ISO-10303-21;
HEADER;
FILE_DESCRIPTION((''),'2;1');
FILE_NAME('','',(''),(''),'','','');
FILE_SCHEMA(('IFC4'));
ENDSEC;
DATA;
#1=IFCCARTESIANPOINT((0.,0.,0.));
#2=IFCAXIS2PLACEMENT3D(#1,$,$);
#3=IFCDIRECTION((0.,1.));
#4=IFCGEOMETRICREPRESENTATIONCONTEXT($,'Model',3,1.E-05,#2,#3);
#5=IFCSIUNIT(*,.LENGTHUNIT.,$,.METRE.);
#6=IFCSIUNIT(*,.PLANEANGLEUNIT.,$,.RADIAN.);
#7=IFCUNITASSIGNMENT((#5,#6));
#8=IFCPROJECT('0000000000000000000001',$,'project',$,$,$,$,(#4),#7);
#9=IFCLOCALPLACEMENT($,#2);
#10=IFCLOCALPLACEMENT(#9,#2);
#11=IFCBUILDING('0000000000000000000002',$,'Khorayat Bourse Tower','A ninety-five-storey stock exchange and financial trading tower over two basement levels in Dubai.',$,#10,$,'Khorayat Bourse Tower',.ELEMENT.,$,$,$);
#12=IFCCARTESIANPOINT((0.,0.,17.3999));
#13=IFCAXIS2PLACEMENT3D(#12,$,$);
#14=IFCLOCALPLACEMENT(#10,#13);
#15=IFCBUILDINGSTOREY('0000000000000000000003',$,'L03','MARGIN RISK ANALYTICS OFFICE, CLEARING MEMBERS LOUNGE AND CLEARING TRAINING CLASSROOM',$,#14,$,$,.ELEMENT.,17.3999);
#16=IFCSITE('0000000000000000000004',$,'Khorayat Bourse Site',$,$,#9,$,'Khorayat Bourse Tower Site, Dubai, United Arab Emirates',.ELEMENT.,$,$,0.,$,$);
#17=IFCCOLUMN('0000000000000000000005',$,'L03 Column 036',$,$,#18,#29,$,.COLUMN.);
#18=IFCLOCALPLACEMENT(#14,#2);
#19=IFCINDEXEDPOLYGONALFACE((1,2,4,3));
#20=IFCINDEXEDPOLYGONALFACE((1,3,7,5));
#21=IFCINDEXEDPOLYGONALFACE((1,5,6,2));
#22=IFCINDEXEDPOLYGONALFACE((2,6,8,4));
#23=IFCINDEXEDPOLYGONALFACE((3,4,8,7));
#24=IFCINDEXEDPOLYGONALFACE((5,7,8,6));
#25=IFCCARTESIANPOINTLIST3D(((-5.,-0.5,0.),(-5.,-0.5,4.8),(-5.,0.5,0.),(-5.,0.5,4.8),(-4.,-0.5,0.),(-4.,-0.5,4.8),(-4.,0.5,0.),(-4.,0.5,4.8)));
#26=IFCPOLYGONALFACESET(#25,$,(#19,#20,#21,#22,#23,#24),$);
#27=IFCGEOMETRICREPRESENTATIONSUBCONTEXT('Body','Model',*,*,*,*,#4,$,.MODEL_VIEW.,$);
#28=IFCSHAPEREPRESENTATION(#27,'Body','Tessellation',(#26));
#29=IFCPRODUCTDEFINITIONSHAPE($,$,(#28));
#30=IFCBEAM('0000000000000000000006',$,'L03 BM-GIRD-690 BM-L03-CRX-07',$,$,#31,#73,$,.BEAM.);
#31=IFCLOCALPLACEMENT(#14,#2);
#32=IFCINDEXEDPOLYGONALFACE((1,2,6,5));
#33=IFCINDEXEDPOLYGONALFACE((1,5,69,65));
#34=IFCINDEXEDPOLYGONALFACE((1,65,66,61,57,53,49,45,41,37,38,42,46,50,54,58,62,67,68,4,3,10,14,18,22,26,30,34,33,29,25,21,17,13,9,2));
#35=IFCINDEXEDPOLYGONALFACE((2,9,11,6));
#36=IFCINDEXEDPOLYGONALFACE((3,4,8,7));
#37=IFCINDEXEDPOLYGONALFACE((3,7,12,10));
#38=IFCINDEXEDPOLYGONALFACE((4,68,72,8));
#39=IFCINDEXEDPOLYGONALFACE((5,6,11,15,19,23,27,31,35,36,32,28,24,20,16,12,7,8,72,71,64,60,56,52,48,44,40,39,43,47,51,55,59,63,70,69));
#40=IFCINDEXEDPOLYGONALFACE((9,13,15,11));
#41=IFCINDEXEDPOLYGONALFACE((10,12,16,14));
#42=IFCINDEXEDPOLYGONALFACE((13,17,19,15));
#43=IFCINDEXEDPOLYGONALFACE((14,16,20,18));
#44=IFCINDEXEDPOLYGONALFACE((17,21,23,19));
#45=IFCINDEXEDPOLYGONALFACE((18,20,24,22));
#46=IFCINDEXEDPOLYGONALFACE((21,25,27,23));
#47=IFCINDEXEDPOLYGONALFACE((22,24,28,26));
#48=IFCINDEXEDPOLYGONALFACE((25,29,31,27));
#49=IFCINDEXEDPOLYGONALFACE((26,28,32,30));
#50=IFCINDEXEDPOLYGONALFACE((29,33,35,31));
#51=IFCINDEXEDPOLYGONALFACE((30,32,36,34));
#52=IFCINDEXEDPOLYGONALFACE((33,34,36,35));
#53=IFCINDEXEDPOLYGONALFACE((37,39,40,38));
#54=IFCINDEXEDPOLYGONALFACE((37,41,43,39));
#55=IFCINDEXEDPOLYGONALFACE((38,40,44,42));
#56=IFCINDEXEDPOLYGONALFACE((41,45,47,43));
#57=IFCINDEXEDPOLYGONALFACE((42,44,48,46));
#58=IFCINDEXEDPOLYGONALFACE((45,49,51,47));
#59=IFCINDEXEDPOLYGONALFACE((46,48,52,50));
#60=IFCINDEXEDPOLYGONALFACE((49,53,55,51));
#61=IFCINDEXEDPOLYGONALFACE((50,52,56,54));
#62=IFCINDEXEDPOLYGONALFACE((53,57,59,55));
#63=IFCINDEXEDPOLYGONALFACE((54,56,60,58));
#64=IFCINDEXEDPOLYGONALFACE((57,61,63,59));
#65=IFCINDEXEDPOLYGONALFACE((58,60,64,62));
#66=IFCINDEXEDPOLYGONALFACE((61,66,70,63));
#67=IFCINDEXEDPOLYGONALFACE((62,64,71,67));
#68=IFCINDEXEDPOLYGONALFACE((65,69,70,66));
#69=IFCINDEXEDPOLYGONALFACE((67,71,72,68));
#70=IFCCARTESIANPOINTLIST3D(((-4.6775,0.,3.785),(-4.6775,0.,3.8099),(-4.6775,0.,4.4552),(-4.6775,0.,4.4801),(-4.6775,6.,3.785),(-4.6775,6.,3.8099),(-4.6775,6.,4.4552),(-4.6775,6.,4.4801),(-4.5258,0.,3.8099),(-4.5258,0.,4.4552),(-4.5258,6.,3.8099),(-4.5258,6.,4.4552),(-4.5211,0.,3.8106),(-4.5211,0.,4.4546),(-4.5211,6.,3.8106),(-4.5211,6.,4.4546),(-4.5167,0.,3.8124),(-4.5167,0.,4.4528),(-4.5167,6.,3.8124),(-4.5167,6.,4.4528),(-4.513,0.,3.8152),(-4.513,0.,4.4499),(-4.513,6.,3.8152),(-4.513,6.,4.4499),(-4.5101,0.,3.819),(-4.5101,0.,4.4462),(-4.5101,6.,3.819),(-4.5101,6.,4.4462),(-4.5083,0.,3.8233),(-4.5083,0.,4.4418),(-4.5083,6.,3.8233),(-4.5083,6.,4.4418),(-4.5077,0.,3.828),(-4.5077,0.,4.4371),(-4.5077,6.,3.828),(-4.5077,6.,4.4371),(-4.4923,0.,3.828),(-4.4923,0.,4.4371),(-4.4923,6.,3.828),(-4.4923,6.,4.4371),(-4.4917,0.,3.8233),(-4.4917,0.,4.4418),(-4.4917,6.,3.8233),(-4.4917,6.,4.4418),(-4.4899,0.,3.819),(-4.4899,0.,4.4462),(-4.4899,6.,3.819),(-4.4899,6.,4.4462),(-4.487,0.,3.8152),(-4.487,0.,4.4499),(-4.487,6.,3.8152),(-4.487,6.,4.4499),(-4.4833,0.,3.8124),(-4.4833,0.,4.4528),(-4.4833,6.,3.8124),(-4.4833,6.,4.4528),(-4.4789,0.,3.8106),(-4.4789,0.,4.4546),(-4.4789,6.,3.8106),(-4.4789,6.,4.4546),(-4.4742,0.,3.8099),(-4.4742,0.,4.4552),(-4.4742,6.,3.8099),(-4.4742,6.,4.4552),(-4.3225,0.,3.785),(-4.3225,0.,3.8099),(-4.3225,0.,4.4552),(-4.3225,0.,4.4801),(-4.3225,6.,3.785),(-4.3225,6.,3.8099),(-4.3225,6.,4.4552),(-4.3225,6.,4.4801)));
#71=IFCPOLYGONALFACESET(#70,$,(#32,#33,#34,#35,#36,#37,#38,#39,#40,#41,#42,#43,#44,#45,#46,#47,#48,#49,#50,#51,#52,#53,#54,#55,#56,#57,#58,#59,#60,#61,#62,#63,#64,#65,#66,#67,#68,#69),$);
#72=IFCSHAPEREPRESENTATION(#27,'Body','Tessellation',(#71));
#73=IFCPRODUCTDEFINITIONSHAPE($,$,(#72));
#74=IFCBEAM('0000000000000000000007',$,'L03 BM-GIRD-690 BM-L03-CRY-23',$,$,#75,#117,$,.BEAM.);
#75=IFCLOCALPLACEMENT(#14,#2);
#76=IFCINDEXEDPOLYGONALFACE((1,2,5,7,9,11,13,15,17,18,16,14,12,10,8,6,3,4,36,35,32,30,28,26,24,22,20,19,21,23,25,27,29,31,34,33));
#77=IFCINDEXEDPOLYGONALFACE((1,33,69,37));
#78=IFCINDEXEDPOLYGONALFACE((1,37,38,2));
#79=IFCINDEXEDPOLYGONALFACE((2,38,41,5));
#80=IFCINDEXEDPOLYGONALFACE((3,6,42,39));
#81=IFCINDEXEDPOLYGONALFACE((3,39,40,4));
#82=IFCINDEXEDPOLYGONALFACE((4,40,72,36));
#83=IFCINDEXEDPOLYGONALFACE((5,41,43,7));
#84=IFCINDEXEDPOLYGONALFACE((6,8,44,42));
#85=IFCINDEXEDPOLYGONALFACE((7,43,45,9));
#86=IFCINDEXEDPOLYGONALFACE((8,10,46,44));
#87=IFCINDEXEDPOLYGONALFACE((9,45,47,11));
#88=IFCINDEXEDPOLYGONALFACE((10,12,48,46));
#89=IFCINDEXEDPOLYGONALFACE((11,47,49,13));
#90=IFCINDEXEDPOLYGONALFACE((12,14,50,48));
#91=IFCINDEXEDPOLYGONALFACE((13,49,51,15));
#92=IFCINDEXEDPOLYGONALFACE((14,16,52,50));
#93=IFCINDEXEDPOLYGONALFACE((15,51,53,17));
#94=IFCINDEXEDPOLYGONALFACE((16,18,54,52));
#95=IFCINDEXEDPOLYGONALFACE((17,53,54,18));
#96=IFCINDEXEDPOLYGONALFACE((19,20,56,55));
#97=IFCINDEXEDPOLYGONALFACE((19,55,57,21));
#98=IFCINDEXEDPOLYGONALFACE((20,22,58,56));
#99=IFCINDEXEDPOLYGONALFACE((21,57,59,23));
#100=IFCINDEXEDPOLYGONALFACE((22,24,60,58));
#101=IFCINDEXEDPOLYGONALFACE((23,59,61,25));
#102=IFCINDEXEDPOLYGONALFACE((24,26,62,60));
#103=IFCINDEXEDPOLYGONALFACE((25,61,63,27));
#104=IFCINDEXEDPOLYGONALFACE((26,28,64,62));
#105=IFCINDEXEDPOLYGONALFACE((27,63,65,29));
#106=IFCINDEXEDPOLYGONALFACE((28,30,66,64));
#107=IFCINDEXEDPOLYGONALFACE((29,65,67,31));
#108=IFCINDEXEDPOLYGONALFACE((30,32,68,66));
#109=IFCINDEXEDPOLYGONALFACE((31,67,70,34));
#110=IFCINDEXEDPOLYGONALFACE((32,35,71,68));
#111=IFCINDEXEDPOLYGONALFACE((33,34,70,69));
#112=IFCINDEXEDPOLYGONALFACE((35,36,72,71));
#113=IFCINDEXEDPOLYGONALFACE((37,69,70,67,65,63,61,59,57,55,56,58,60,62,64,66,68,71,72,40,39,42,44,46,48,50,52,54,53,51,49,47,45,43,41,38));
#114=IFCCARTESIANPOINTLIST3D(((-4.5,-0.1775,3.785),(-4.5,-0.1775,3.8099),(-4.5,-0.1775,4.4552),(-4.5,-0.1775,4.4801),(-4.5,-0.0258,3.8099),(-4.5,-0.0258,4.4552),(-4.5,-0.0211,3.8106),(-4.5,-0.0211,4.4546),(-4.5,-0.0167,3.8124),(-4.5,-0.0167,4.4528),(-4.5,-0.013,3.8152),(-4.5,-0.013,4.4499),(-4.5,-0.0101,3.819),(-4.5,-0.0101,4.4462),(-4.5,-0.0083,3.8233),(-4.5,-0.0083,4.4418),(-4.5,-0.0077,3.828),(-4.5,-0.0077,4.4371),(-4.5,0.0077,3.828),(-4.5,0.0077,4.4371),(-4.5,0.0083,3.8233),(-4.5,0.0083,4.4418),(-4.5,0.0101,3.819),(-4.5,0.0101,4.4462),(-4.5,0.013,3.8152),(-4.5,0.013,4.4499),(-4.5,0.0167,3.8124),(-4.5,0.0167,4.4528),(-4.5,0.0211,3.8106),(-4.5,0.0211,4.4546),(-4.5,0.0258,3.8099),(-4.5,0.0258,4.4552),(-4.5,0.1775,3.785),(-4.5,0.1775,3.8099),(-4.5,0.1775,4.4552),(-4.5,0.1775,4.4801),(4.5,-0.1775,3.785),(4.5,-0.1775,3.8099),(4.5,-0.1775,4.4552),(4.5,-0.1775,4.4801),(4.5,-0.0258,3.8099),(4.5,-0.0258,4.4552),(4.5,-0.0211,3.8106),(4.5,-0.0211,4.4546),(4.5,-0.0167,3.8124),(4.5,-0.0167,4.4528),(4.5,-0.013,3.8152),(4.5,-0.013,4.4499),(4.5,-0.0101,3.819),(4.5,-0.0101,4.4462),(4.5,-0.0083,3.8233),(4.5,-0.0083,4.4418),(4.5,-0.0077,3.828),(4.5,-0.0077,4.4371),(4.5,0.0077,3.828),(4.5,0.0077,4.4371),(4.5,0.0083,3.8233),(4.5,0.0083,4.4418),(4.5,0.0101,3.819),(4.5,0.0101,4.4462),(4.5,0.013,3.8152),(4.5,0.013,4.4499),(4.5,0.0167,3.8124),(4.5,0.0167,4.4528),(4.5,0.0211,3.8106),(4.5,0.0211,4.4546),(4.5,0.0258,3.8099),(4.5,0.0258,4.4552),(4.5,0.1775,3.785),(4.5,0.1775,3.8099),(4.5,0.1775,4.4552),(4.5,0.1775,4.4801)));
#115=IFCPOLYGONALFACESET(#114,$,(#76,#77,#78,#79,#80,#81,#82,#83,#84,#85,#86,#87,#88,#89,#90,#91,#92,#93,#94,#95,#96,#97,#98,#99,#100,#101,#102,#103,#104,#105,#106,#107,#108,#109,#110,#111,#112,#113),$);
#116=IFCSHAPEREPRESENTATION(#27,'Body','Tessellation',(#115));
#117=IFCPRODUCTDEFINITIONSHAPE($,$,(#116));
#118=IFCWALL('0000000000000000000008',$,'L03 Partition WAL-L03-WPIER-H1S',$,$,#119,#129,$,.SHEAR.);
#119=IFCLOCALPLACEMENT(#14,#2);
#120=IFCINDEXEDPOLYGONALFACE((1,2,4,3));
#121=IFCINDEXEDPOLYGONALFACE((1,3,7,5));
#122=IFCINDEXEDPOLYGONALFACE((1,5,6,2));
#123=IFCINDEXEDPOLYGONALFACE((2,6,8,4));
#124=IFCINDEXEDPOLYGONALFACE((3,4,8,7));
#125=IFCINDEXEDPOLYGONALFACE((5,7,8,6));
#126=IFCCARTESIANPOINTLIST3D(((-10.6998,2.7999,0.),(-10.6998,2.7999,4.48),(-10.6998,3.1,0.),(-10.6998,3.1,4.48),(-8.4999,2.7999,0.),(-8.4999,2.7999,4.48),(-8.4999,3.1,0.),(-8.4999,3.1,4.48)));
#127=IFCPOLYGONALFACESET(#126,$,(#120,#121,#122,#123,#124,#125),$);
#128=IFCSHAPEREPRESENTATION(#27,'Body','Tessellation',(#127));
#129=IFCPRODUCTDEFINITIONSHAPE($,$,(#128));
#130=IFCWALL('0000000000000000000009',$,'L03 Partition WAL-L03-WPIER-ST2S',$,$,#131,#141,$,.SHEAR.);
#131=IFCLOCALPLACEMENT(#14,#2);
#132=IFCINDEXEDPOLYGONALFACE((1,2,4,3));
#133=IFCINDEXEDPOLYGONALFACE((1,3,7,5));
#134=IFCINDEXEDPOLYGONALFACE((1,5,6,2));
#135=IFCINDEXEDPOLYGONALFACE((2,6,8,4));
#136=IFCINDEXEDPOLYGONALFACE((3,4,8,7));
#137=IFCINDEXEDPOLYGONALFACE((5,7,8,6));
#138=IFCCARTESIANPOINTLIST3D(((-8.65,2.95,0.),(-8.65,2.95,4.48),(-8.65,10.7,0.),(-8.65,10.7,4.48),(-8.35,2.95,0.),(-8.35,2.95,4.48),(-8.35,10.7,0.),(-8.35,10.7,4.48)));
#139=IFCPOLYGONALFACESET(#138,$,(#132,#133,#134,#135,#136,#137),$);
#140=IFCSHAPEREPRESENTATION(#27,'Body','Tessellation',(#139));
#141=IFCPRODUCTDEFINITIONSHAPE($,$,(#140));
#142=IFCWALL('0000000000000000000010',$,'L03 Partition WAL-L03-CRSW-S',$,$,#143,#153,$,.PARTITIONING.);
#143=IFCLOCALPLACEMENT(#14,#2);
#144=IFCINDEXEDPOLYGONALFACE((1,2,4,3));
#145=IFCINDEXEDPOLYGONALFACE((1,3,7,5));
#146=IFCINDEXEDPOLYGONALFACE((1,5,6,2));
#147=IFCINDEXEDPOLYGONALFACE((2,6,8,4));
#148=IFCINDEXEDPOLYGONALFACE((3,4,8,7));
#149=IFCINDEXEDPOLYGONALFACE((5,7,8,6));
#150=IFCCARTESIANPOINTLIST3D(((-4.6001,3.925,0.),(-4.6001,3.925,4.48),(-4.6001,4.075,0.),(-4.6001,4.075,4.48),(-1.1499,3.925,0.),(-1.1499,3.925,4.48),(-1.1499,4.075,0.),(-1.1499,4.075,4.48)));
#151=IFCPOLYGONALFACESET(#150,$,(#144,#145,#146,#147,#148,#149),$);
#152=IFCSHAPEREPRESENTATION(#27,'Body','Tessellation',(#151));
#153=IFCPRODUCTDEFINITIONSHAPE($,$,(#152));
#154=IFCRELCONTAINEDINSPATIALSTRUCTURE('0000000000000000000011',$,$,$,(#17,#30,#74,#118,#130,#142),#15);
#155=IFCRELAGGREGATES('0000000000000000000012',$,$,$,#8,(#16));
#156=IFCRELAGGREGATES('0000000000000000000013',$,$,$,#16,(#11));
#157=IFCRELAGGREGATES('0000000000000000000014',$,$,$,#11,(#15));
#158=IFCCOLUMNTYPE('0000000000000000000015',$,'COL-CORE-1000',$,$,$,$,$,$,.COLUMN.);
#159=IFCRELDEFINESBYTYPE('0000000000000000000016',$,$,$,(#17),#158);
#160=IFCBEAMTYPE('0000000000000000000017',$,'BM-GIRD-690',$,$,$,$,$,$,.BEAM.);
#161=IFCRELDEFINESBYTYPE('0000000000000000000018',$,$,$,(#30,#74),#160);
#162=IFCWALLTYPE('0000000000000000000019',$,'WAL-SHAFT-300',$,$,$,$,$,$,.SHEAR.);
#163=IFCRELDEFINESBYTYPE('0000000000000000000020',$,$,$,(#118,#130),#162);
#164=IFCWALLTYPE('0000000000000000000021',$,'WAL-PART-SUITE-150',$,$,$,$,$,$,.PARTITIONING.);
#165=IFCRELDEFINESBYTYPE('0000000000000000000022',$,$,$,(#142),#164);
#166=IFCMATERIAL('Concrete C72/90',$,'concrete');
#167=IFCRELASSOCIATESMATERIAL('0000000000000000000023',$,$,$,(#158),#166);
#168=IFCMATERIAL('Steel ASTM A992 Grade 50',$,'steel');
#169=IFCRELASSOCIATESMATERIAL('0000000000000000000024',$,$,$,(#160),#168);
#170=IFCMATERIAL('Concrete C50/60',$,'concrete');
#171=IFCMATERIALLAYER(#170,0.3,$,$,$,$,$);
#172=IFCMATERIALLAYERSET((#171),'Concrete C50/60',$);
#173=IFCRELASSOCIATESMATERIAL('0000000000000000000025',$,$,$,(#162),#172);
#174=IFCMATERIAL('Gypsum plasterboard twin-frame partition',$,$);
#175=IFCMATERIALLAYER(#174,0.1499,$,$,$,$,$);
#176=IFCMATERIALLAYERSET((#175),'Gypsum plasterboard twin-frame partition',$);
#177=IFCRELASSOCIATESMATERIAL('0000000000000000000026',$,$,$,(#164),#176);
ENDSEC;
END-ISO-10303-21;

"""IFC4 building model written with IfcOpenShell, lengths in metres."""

from ifc_helpers import new_model, si_unit, direction, frame, frame_2d, origin, origin_2d, place, context, subcontext, project, spatial, rectangle, i_section, extrude, source, transform, mapped, material, layer, layer_set, material_profile, profile_set, type_object, element, save


model = new_model("IFC4")

# Units and contexts
model_context = context("Model", 3, precision=1e-05, world=origin(), true_north=direction((0.0, 1.0)))
body_context = subcontext(model_context, "Body", "Model", "MODEL_VIEW")
ifc_project = project(units=[si_unit("LENGTHUNIT", "METRE"), si_unit("PLANEANGLEUNIT", "RADIAN")], contexts=[model_context])

# Site, building, storey
site_placement = place(None, origin())
site = spatial("IfcSite", under=ifc_project, at=site_placement, Name="Khorayat Bourse Site", LongName="Khorayat Bourse Tower Site, Dubai, United Arab Emirates", CompositionType="ELEMENT", RefElevation=0.0)
building_placement = place(site_placement, origin())
building = spatial("IfcBuilding", under=site, at=building_placement, Name="Khorayat Bourse Tower", Description="A ninety-five-storey stock exchange and financial trading tower over two basement levels in Dubai.", LongName="Khorayat Bourse Tower", CompositionType="ELEMENT")
storey_placement = place(building_placement, frame((0.0, 0.0, 17.3999)))
storey = spatial("IfcBuildingStorey", under=building, at=storey_placement, Name="L03", Description="MARGIN RISK ANALYTICS OFFICE, CLEARING MEMBERS LOUNGE AND CLEARING TRAINING CLASSROOM", CompositionType="ELEMENT", Elevation=17.3999)

# Column
ifc_material_1 = material(Name="Concrete C72/90", Category="concrete")
ifc_material_profile_1 = material_profile(ifc_material_1, rectangle(XDim=1.0, YDim=1.0, at=origin_2d()), Name="RC 1000x1000")
ifc_profile_set_1 = profile_set([ifc_material_profile_1], Name="Concrete C72/90")
column_type = type_object("IfcColumnType", Name="COL-CORE-1000", PredefinedType="COLUMN", material=ifc_profile_set_1)
shared_shape_1 = source(origin(), body_context, "Body", "SweptSolid", [
    extrude(rectangle(XDim=1.0, YDim=1.0, at=origin_2d()), origin(), (0.0, 0.0, 1.0), 4.8),
])
column_placement = place(storey_placement, frame((-4.5, 0.0, 0.0), z_axis=(0.0, 0.0, 1.0), x_axis=(1.0, 0.0, 0.0)))
element("IfcColumn", 1, at=column_placement, inside=storey, type_object=column_type, Name="L03 Column 036", PredefinedType="COLUMN", context=body_context, shape_type="MappedRepresentation", body=[
    mapped(shared_shape_1, transform((0.0, 0.0, 0.0), scale=1.0)),
])

# Beams
ifc_material_2 = material(Name="Steel ASTM A992 Grade 50", Category="steel")
ifc_material_profile_2 = material_profile(ifc_material_2, i_section(OverallWidth=0.355, OverallDepth=0.6951, WebThickness=0.0154, FlangeThickness=0.0249, FilletRadius=0.0181, at=origin_2d()), Name="W690X217")
ifc_profile_set_2 = profile_set([ifc_material_profile_2], Name="Steel ASTM A992 Grade 50")
beam_type = type_object("IfcBeamType", Name="BM-GIRD-690", PredefinedType="BEAM", material=ifc_profile_set_2)
shared_shape_2 = source(origin(), body_context, "Body", "SweptSolid", [
    extrude(i_section(OverallWidth=0.355, OverallDepth=0.6951, WebThickness=0.0154, FlangeThickness=0.0249, FilletRadius=0.0181, at=origin_2d()), origin(), (0.0, 0.0, 1.0), 6.0),
])
beam_1_placement = place(storey_placement, frame((-4.5, 0.0, 4.1326), z_axis=(0.0, 1.0, 0.0), x_axis=(-1.0, 0.0, 0.0)))
element("IfcBeam", 2, at=beam_1_placement, inside=storey, type_object=beam_type, Name="L03 BM-GIRD-690 BM-L03-CRX-07", PredefinedType="BEAM", context=body_context, shape_type="MappedRepresentation", body=[
    mapped(shared_shape_2, transform((0.0, 0.0, 0.0), scale=1.0)),
])
shared_shape_3 = source(origin(), body_context, "Body", "SweptSolid", [
    extrude(i_section(OverallWidth=0.355, OverallDepth=0.6951, WebThickness=0.0154, FlangeThickness=0.0249, FilletRadius=0.0181, at=origin_2d()), origin(), (0.0, 0.0, 1.0), 9.0),
])
beam_2_placement = place(storey_placement, frame((-4.5, 0.0, 4.1326), z_axis=(1.0, 0.0, 0.0), x_axis=(0.0, 1.0, 0.0)))
element("IfcBeam", 3, at=beam_2_placement, inside=storey, type_object=beam_type, Name="L03 BM-GIRD-690 BM-L03-CRY-23", PredefinedType="BEAM", context=body_context, shape_type="MappedRepresentation", body=[
    mapped(shared_shape_3, transform((0.0, 0.0, 0.0), scale=1.0)),
])

# Walls
ifc_material_3 = material(Name="Concrete C50/60", Category="concrete")
ifc_layer_1 = layer(ifc_material_3, 0.3)
ifc_layer_set_1 = layer_set([ifc_layer_1], Name="Concrete C50/60")
wall_type_1 = type_object("IfcWallType", Name="WAL-SHAFT-300", PredefinedType="SHEAR", material=ifc_layer_set_1)
shared_shape_4 = source(origin(), body_context, "Body", "SweptSolid", [
    extrude(rectangle(XDim=2.2, YDim=0.3, at=frame_2d((1.1001, 0.0))), origin(), (0.0, 0.0, 1.0), 4.48),
])
wall_1_placement = place(storey_placement, frame((-10.7, 2.95, 0.0), z_axis=(0.0, 0.0, 1.0), x_axis=(1.0, 0.0, 0.0)))
element("IfcWall", 4, at=wall_1_placement, inside=storey, type_object=wall_type_1, Name="L03 Partition WAL-L03-WPIER-H1S", PredefinedType="SHEAR", context=body_context, shape_type="MappedRepresentation", body=[
    mapped(shared_shape_4, transform((0.0, 0.0, 0.0), scale=1.0)),
])
shared_shape_5 = source(origin(), body_context, "Body", "SweptSolid", [
    extrude(rectangle(XDim=7.75, YDim=0.3, at=frame_2d((3.875, 0.0))), origin(), (0.0, 0.0, 1.0), 4.48),
])
wall_2_placement = place(storey_placement, frame((-8.5, 2.95, 0.0), z_axis=(0.0, 0.0, 1.0), x_axis=(0.0, 1.0, 0.0)))
element("IfcWall", 5, at=wall_2_placement, inside=storey, type_object=wall_type_1, Name="L03 Partition WAL-L03-WPIER-ST2S", PredefinedType="SHEAR", context=body_context, shape_type="MappedRepresentation", body=[
    mapped(shared_shape_5, transform((0.0, 0.0, 0.0), scale=1.0)),
])
ifc_material_4 = material(Name="Gypsum plasterboard twin-frame partition")
ifc_layer_2 = layer(ifc_material_4, 0.1499)
ifc_layer_set_2 = layer_set([ifc_layer_2], Name="Gypsum plasterboard twin-frame partition")
wall_type_2 = type_object("IfcWallType", Name="WAL-PART-SUITE-150", PredefinedType="PARTITIONING", material=ifc_layer_set_2)
shared_shape_6 = source(origin(), body_context, "Body", "SweptSolid", [
    extrude(rectangle(XDim=3.4502, YDim=0.1499, at=frame_2d((1.7251, 0.0))), origin(), (0.0, 0.0, 1.0), 4.48),
])
wall_3_placement = place(storey_placement, frame((-4.6001, 4.0, 0.0), z_axis=(0.0, 0.0, 1.0), x_axis=(1.0, 0.0, 0.0)))
element("IfcWall", 6, at=wall_3_placement, inside=storey, type_object=wall_type_2, Name="L03 Partition WAL-L03-CRSW-S", PredefinedType="PARTITIONING", context=body_context, shape_type="MappedRepresentation", body=[
    mapped(shared_shape_6, transform((0.0, 0.0, 0.0), scale=1.0)),
])

save(model, "model.ifc")
